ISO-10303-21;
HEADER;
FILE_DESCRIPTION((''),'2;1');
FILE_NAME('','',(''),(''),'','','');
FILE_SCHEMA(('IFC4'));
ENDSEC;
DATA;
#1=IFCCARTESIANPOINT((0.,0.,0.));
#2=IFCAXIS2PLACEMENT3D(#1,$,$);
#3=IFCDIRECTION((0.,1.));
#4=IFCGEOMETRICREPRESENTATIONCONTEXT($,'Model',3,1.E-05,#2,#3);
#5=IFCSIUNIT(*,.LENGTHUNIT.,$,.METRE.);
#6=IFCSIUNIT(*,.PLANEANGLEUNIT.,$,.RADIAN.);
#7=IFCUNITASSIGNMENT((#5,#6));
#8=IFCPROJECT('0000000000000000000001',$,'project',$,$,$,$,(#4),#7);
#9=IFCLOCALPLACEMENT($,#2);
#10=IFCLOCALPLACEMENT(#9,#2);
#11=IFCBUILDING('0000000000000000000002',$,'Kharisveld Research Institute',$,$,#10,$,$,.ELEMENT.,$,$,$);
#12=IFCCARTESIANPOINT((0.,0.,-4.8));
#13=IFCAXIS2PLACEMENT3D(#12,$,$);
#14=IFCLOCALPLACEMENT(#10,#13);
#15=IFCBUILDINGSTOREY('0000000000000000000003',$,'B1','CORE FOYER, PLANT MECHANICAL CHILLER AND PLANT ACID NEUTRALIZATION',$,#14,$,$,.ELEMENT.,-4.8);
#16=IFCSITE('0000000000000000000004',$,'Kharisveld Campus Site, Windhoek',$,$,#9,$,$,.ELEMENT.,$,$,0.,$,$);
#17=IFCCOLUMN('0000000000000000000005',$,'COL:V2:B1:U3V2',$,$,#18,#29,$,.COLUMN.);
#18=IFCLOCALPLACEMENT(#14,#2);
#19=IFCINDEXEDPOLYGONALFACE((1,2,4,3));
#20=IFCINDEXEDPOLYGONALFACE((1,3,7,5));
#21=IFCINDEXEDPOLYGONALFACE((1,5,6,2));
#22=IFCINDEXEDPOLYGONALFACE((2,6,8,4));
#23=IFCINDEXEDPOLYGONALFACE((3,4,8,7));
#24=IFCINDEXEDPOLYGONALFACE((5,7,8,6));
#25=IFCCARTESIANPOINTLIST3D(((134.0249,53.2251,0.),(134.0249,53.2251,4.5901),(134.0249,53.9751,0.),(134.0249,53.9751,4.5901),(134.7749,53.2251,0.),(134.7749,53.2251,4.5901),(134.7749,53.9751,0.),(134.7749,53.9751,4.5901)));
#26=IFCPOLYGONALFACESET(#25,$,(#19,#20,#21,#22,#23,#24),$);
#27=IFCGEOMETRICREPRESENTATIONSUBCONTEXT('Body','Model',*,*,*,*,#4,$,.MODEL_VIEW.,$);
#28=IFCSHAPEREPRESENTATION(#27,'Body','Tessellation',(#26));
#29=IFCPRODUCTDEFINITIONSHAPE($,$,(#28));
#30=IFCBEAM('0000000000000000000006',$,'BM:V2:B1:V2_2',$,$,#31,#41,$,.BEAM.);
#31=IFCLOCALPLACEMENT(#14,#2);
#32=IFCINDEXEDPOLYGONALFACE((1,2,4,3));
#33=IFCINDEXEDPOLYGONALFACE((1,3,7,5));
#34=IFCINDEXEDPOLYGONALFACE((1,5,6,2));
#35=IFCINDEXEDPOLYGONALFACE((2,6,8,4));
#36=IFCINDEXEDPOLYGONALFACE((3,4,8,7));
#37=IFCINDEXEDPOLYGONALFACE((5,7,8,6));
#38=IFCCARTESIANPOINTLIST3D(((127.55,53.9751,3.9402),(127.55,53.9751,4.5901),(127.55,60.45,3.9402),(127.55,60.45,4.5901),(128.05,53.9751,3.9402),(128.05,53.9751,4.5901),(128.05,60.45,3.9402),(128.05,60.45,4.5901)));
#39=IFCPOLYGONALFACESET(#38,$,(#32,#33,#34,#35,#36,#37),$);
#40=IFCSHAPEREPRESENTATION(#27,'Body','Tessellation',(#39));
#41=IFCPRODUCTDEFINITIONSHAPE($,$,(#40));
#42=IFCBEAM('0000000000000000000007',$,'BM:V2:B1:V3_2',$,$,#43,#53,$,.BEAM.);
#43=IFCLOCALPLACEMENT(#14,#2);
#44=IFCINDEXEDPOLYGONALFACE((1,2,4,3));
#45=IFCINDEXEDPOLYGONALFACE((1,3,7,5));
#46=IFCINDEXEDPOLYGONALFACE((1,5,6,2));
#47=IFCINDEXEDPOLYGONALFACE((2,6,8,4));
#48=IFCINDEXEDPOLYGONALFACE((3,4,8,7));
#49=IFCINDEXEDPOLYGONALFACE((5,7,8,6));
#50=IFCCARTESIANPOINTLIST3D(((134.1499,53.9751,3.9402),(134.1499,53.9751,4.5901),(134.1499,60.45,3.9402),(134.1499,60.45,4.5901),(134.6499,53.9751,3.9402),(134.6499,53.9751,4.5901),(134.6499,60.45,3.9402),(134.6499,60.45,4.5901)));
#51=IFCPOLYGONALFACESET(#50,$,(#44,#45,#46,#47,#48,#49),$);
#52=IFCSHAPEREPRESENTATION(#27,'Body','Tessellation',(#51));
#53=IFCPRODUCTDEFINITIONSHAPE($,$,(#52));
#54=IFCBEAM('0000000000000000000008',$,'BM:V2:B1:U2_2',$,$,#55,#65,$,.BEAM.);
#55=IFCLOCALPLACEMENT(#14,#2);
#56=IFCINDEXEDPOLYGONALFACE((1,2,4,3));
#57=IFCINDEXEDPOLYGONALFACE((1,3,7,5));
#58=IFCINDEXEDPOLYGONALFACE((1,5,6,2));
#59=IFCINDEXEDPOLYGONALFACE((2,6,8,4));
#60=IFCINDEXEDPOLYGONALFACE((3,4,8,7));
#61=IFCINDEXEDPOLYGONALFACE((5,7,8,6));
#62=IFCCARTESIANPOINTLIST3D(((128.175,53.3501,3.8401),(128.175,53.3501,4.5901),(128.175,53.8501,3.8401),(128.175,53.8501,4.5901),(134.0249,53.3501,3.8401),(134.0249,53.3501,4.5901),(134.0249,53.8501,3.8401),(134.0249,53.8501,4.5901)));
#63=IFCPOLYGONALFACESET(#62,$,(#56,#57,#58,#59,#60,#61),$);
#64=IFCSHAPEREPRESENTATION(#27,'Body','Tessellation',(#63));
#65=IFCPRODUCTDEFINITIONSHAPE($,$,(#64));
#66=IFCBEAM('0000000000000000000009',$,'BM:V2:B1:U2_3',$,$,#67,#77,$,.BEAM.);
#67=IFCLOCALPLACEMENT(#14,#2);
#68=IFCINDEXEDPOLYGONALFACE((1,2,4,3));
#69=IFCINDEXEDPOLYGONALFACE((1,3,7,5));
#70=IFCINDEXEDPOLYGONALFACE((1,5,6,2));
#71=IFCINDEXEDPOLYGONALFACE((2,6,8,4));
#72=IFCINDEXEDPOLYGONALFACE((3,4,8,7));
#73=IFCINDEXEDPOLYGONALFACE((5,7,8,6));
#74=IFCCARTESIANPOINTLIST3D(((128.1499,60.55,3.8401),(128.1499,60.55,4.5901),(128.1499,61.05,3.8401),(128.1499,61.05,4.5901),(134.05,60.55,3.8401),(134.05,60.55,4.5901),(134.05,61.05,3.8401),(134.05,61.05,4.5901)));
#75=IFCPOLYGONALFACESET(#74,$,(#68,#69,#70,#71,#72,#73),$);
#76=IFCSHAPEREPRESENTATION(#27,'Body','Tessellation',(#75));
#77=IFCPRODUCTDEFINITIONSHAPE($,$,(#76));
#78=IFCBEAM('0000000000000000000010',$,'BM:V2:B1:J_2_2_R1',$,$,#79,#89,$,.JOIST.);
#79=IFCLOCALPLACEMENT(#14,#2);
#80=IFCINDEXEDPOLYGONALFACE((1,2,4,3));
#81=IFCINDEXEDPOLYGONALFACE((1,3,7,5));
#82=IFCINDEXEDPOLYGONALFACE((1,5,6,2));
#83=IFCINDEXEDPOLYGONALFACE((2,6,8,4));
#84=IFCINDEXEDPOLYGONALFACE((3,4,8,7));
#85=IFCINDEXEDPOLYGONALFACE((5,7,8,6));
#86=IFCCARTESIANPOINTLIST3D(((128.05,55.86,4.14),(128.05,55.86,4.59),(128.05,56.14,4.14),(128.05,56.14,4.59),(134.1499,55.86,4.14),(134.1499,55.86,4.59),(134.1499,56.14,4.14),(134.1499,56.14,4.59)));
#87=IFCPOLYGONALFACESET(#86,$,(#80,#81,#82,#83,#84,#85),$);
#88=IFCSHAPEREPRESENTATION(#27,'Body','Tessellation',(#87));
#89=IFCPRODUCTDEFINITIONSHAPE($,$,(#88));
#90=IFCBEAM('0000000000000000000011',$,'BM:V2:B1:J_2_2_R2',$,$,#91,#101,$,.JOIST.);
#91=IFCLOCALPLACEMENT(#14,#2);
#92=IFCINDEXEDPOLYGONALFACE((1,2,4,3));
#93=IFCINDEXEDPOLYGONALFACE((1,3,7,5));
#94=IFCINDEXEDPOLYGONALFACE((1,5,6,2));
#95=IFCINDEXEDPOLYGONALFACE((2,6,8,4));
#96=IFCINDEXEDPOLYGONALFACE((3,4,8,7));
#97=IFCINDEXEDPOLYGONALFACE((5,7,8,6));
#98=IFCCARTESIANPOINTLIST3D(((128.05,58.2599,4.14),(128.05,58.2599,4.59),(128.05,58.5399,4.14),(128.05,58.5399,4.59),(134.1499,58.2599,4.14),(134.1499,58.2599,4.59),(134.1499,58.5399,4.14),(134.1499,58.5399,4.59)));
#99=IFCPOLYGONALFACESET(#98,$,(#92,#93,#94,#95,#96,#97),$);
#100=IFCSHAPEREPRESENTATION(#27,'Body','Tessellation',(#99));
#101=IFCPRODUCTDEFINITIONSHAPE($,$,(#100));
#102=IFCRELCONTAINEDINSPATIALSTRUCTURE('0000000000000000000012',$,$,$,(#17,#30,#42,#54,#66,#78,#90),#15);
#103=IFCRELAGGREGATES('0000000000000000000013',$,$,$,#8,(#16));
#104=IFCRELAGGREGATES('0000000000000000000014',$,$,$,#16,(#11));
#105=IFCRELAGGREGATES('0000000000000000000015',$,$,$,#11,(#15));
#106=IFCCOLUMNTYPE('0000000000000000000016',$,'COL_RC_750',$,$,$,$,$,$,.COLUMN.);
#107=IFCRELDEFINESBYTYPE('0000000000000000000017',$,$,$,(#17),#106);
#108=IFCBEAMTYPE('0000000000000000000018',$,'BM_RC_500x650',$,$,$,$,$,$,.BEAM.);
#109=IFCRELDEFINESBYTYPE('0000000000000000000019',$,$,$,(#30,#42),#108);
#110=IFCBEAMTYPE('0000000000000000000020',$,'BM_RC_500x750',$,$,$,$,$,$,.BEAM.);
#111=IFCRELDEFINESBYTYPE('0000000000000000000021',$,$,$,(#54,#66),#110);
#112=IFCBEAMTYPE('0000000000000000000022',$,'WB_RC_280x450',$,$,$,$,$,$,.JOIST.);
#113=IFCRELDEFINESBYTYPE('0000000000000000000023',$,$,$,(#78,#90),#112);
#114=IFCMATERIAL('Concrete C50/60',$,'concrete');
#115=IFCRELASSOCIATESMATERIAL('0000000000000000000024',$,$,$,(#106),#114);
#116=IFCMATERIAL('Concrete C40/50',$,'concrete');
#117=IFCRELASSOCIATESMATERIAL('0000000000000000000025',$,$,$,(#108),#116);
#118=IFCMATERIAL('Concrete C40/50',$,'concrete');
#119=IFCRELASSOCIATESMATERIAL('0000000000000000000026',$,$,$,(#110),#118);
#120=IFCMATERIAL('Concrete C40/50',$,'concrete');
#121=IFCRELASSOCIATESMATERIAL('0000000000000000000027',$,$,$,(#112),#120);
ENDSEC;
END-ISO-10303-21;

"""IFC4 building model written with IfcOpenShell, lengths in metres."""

from ifc_helpers import new_model, si_unit, direction, frame, origin, origin_2d, place, context, subcontext, project, spatial, rectangle, extrude, material, material_profile, profile_set, type_object, element, save


model = new_model("IFC4")

# Units and contexts
model_context = context("Model", 3, precision=1e-05, world=origin(), true_north=direction((0.0, 1.0)))
body_context = subcontext(model_context, "Body", "Model", "MODEL_VIEW")
ifc_project = project(units=[si_unit("LENGTHUNIT", "METRE"), si_unit("PLANEANGLEUNIT", "RADIAN")], contexts=[model_context])

# Site, building, storey
site_placement = place(None, origin())
site = spatial("IfcSite", under=ifc_project, at=site_placement, Name="Kharisveld Campus Site, Windhoek", CompositionType="ELEMENT", RefElevation=0.0)
building_placement = place(site_placement, origin())
building = spatial("IfcBuilding", under=site, at=building_placement, Name="Kharisveld Research Institute", CompositionType="ELEMENT")
storey_placement = place(building_placement, frame((0.0, 0.0, -4.8)))
storey = spatial("IfcBuildingStorey", under=building, at=storey_placement, Name="B1", Description="CORE FOYER, PLANT MECHANICAL CHILLER AND PLANT ACID NEUTRALIZATION", CompositionType="ELEMENT", Elevation=-4.8)

# Column
ifc_material_1 = material(Name="Concrete C50/60", Category="concrete")
ifc_material_profile_1 = material_profile(ifc_material_1, rectangle(XDim=0.75, YDim=0.75, at=origin_2d()))
ifc_profile_set_1 = profile_set([ifc_material_profile_1], Name="Concrete C50/60")
column_type_1 = type_object("IfcColumnType", Name="COL_RC_750", PredefinedType="COLUMN", material=ifc_profile_set_1)
for number, where, z_axis, x_axis, name in (
    (1, (134.3999, 53.6001, 0.0), (0.0, 0.0, 1.0), (1.0, 0.0, 0.0), "COL:V2:B1:U3V2"),
):
    element("IfcColumn", number, at=place(storey_placement, frame(where, z_axis=z_axis, x_axis=x_axis)), inside=storey, type_object=column_type_1, Name=name, PredefinedType="COLUMN", context=body_context, shape_type="SweptSolid", body=[
        extrude(rectangle(XDim=0.75, YDim=0.75, at=origin_2d()), origin(), (0.0, 0.0, 1.0), 4.5901),
    ])

# Beams
ifc_material_2 = material(Name="Concrete C40/50", Category="concrete")
ifc_material_profile_2 = material_profile(ifc_material_2, rectangle(XDim=0.5, YDim=0.6499, at=origin_2d()))
ifc_profile_set_2 = profile_set([ifc_material_profile_2], Name="Concrete C40/50")
beam_type_1 = type_object("IfcBeamType", Name="BM_RC_500x650", PredefinedType="BEAM", material=ifc_profile_set_2)
for number, where, z_axis, x_axis, name in (
    (2, (127.8, 53.9751, 4.2651), (0.0, 1.0, 0.0), (-1.0, 0.0, 0.0), "BM:V2:B1:V2_2"),
    (3, (134.3999, 53.9751, 4.2651), (0.0, 1.0, 0.0), (-1.0, 0.0, 0.0), "BM:V2:B1:V3_2"),
):
    element("IfcBeam", number, at=place(storey_placement, frame(where, z_axis=z_axis, x_axis=x_axis)), inside=storey, type_object=beam_type_1, Name=name, PredefinedType="BEAM", context=body_context, shape_type="SweptSolid", body=[
        extrude(rectangle(XDim=0.5, YDim=0.6499, at=origin_2d()), origin(), (0.0, 0.0, 1.0), 6.4749),
    ])
ifc_material_3 = material(Name="Concrete C40/50", Category="concrete")
ifc_material_profile_3 = material_profile(ifc_material_3, rectangle(XDim=0.5, YDim=0.75, at=origin_2d()))
ifc_profile_set_3 = profile_set([ifc_material_profile_3], Name="Concrete C40/50")
beam_type_2 = type_object("IfcBeamType", Name="BM_RC_500x750", PredefinedType="BEAM", material=ifc_profile_set_3)
beam_1_placement = place(storey_placement, frame((128.175, 53.6001, 4.2151), z_axis=(1.0, 0.0, 0.0), x_axis=(0.0, 1.0, 0.0)))
element("IfcBeam", 4, at=beam_1_placement, inside=storey, type_object=beam_type_2, Name="BM:V2:B1:U2_2", PredefinedType="BEAM", context=body_context, shape_type="SweptSolid", body=[
    extrude(rectangle(XDim=0.5, YDim=0.75, at=origin_2d()), origin(), (0.0, 0.0, 1.0), 5.8499),
])
beam_2_placement = place(storey_placement, frame((128.1499, 60.8, 4.2151), z_axis=(1.0, 0.0, 0.0), x_axis=(0.0, 1.0, 0.0)))
element("IfcBeam", 5, at=beam_2_placement, inside=storey, type_object=beam_type_2, Name="BM:V2:B1:U2_3", PredefinedType="BEAM", context=body_context, shape_type="SweptSolid", body=[
    extrude(rectangle(XDim=0.5, YDim=0.75, at=origin_2d()), origin(), (0.0, 0.0, 1.0), 5.9001),
])
ifc_material_4 = material(Name="Concrete C40/50", Category="concrete")
ifc_material_profile_4 = material_profile(ifc_material_4, rectangle(XDim=0.28, YDim=0.45, at=origin_2d()))
ifc_profile_set_4 = profile_set([ifc_material_profile_4], Name="Concrete C40/50")
beam_type_3 = type_object("IfcBeamType", Name="WB_RC_280x450", PredefinedType="JOIST", material=ifc_profile_set_4)
for number, where, z_axis, x_axis, name in (
    (6, (128.05, 56.0, 4.365), (1.0, 0.0, 0.0), (0.0, 1.0, 0.0), "BM:V2:B1:J_2_2_R1"),
    (7, (128.05, 58.3999, 4.365), (1.0, 0.0, 0.0), (0.0, 1.0, 0.0), "BM:V2:B1:J_2_2_R2"),
):
    element("IfcBeam", number, at=place(storey_placement, frame(where, z_axis=z_axis, x_axis=x_axis)), inside=storey, type_object=beam_type_3, Name=name, PredefinedType="JOIST", context=body_context, shape_type="SweptSolid", body=[
        extrude(rectangle(XDim=0.28, YDim=0.45, at=origin_2d()), origin(), (0.0, 0.0, 1.0), 6.0999),
    ])

save(model, "model.ifc")
